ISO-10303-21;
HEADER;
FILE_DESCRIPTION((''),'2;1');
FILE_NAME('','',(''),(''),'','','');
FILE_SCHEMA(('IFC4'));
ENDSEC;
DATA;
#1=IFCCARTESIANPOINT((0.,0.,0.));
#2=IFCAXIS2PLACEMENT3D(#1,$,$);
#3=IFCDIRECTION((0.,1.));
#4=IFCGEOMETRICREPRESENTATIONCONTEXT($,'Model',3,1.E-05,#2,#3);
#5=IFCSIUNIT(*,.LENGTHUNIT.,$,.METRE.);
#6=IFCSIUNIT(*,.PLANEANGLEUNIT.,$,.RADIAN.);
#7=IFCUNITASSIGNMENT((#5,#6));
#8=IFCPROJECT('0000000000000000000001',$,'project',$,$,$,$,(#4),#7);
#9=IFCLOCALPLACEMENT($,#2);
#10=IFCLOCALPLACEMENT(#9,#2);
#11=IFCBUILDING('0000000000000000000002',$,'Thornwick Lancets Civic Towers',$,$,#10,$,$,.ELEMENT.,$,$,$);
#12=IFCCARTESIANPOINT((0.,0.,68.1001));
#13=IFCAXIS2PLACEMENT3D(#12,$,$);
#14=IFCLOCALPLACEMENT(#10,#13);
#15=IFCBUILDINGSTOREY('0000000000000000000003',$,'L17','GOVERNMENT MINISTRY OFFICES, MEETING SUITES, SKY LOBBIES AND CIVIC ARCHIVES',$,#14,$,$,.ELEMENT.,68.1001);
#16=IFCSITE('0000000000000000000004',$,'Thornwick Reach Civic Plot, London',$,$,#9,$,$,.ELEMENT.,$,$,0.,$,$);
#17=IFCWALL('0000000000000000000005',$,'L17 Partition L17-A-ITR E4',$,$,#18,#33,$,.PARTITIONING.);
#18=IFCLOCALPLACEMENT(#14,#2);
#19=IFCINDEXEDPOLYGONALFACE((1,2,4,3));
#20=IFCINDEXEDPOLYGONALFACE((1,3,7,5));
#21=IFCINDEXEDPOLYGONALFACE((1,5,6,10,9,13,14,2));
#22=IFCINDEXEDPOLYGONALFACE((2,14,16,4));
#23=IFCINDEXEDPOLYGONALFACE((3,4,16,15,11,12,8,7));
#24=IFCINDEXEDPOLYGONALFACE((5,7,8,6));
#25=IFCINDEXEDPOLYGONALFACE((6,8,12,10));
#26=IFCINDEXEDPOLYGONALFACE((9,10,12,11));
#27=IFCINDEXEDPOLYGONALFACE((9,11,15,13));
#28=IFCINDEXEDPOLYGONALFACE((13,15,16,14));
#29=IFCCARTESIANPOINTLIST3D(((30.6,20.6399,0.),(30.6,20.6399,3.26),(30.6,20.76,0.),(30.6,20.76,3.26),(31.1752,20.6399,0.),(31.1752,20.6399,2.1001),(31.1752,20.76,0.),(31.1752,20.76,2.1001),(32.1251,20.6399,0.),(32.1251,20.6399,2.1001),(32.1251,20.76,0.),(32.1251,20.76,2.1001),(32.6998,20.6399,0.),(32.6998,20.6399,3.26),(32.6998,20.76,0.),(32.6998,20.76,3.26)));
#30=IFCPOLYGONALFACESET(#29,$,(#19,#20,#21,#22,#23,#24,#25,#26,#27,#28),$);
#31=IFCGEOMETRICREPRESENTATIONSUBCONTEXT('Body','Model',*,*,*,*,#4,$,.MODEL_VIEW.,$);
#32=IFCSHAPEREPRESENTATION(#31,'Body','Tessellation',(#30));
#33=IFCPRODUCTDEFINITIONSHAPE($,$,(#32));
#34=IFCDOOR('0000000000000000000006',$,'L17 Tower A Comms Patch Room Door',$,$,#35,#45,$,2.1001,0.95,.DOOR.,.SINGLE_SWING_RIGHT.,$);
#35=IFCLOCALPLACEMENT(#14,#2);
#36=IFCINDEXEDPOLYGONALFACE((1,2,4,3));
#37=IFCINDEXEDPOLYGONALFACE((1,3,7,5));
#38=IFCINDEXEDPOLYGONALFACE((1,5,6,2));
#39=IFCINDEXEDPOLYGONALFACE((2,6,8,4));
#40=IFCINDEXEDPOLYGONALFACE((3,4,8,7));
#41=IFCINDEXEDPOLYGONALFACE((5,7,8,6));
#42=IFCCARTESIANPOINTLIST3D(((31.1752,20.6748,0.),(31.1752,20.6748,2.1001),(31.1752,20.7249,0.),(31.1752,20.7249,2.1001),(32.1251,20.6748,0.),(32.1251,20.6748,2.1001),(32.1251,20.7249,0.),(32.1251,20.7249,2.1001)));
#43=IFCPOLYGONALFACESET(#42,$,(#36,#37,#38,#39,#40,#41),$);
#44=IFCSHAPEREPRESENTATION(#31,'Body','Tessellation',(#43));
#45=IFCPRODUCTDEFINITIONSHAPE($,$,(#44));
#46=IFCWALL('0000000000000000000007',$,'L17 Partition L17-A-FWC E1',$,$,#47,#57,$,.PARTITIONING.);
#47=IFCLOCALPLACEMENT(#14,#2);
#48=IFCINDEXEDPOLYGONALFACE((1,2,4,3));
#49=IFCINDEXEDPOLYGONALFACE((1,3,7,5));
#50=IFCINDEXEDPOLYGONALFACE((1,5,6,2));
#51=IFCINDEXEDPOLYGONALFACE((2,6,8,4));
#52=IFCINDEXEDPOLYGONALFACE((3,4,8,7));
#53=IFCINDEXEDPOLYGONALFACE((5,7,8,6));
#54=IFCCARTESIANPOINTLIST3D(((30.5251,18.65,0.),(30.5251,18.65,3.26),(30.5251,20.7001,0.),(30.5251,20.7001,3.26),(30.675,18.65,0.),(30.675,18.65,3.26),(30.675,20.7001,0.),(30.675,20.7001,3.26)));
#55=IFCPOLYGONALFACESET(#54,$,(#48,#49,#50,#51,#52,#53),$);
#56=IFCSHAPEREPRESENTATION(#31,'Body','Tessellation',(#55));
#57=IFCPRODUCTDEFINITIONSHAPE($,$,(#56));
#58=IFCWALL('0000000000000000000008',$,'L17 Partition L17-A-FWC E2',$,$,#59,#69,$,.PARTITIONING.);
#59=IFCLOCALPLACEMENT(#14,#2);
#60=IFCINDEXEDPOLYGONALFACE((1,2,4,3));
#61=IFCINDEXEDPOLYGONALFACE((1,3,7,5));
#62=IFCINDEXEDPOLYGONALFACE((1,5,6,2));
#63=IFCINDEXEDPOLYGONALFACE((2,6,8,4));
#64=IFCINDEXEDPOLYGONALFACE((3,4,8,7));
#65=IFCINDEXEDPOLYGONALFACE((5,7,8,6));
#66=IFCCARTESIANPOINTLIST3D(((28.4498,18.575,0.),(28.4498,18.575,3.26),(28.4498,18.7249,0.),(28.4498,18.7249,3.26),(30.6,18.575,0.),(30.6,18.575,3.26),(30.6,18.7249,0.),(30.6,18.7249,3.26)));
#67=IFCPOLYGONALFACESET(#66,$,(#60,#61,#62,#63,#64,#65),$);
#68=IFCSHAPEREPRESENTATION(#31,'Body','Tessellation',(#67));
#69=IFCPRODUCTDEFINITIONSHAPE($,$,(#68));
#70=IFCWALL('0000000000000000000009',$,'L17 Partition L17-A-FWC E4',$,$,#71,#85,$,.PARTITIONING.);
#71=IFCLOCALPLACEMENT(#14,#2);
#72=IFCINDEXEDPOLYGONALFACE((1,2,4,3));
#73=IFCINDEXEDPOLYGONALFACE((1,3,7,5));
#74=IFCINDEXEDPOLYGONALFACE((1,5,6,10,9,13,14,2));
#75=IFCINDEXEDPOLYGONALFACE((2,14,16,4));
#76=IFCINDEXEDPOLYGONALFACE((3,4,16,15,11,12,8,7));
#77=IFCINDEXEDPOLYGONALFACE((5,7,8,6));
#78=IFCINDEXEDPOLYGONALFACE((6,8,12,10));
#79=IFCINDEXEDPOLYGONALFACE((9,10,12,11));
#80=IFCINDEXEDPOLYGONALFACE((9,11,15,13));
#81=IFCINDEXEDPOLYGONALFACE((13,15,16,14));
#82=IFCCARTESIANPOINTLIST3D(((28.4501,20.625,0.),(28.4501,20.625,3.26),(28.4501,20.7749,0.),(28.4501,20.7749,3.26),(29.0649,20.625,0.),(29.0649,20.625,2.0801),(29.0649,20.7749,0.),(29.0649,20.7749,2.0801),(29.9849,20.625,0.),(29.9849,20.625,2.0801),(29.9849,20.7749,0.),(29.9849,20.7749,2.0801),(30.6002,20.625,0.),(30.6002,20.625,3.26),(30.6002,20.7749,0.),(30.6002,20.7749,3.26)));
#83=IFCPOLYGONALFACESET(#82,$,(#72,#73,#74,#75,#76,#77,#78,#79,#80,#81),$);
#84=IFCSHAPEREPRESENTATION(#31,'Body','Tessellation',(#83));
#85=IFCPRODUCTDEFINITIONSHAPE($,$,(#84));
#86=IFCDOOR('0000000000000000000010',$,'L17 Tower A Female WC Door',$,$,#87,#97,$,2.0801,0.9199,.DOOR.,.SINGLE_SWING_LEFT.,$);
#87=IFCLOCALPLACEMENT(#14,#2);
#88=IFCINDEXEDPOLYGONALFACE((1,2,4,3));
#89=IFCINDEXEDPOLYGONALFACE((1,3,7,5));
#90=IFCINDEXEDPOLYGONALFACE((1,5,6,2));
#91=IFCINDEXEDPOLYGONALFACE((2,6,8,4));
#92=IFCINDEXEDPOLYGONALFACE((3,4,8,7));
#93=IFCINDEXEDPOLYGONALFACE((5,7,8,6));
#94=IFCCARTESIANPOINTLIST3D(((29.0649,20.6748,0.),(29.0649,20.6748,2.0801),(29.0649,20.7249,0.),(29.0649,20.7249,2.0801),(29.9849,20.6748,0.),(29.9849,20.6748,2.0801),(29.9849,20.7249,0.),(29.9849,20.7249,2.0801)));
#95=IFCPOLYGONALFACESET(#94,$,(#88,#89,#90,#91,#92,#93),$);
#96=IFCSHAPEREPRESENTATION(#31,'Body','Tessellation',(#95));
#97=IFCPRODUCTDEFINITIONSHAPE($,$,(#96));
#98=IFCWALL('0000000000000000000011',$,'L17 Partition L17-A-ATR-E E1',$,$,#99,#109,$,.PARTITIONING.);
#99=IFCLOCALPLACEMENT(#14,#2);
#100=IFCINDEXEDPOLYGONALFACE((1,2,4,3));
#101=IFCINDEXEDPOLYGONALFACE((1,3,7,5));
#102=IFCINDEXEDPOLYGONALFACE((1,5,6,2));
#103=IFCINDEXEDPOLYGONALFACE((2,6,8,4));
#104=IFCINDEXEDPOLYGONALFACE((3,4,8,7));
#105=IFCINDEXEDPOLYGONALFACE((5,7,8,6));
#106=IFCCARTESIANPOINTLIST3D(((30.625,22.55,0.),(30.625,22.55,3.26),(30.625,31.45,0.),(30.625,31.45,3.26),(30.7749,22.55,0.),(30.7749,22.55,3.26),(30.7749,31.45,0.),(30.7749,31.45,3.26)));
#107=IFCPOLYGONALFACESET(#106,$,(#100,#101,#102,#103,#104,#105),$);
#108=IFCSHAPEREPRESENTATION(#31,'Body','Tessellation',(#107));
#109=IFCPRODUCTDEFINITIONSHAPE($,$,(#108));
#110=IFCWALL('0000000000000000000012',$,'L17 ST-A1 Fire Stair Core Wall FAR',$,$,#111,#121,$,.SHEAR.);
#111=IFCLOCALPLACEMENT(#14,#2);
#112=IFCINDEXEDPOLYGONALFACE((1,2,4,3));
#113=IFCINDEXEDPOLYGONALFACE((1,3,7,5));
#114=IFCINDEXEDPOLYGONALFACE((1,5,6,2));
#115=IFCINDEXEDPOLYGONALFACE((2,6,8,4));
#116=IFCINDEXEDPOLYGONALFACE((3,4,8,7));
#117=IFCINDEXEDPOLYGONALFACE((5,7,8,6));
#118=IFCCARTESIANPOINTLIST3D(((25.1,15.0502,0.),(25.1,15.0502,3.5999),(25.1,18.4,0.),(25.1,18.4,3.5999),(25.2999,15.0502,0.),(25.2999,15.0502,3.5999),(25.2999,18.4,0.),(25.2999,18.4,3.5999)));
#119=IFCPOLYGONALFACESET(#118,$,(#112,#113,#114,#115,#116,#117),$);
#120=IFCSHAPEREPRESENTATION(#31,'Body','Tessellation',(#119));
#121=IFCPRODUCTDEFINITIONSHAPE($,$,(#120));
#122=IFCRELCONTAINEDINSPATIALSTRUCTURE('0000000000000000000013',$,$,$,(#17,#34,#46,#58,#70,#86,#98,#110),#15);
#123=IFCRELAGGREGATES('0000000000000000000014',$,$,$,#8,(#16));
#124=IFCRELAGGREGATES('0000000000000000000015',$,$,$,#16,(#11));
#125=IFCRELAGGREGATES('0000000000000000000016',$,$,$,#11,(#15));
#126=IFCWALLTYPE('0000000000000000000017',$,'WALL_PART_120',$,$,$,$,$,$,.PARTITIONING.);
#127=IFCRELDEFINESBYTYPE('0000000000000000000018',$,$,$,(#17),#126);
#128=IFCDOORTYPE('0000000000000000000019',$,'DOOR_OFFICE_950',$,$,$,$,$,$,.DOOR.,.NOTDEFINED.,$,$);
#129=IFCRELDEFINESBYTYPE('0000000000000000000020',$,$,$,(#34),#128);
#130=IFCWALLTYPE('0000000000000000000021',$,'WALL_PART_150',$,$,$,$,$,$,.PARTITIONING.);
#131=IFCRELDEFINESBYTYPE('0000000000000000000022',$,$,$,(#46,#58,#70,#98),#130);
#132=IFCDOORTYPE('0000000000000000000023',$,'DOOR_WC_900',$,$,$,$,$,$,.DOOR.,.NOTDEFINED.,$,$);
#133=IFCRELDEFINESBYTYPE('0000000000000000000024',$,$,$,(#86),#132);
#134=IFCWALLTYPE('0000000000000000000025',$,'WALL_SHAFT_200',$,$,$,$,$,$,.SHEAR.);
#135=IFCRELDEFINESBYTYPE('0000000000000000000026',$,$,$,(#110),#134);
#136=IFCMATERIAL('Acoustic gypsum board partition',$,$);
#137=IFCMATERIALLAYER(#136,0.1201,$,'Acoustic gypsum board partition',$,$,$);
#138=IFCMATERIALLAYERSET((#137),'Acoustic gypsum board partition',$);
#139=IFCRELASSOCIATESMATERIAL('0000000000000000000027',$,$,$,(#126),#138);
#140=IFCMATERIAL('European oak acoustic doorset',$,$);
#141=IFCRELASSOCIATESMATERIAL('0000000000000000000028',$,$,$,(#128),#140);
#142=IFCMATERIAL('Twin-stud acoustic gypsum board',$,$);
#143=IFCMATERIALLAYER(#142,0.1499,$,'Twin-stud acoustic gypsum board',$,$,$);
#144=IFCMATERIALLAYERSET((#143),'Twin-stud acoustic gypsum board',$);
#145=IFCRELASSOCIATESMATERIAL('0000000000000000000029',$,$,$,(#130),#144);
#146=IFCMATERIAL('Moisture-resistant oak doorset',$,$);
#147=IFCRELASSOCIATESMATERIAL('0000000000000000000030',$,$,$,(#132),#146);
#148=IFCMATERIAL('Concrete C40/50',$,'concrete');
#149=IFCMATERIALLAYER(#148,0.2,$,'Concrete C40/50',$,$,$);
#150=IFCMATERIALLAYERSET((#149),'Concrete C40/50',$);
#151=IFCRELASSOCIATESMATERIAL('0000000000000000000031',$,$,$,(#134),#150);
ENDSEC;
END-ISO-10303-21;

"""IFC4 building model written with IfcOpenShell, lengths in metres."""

from ifc_helpers import new_model, si_unit, direction, frame, frame_2d, origin, place, context, subcontext, project, spatial, rectangle, extrude, material, layer, layer_set, type_object, element, fill, save


model = new_model("IFC4")

# Units and contexts
model_context = context("Model", 3, precision=1e-05, world=origin(), true_north=direction((0.0, 1.0)))
body_context = subcontext(model_context, "Body", "Model", "MODEL_VIEW")
ifc_project = project(units=[si_unit("LENGTHUNIT", "METRE"), si_unit("PLANEANGLEUNIT", "RADIAN")], contexts=[model_context])

# Site, building, storey
site_placement = place(None, origin())
site = spatial("IfcSite", under=ifc_project, at=site_placement, Name="Thornwick Reach Civic Plot, London", CompositionType="ELEMENT", RefElevation=0.0)
building_placement = place(site_placement, origin())
building = spatial("IfcBuilding", under=site, at=building_placement, Name="Thornwick Lancets Civic Towers", CompositionType="ELEMENT")
storey_placement = place(building_placement, frame((0.0, 0.0, 68.1001)))
storey = spatial("IfcBuildingStorey", under=building, at=storey_placement, Name="L17", Description="GOVERNMENT MINISTRY OFFICES, MEETING SUITES, SKY LOBBIES AND CIVIC ARCHIVES", CompositionType="ELEMENT", Elevation=68.1001)

# Shared definitions
ifc_material_1 = material(Name="Acoustic gypsum board partition")
ifc_layer_1 = layer(ifc_material_1, 0.1201, Name="Acoustic gypsum board partition")
ifc_layer_set_1 = layer_set([ifc_layer_1], Name="Acoustic gypsum board partition")
wall_type_1 = type_object("IfcWallType", Name="WALL_PART_120", PredefinedType="PARTITIONING", material=ifc_layer_set_1)

# Wall, opening, door
wall_1_placement = place(storey_placement, frame((30.6001, 20.7, 0.0), z_axis=(0.0, 0.0, 1.0), x_axis=(1.0, 0.0, 0.0)))
wall_1 = element("IfcWall", 1, at=wall_1_placement, inside=storey, type_object=wall_type_1, Name="L17 Partition L17-A-ITR E4", PredefinedType="PARTITIONING", context=body_context, shape_type="SweptSolid", body=[
    extrude(rectangle(XDim=2.0999, YDim=0.1201, at=frame_2d((1.0498, 0.0))), origin(), (0.0, 0.0, 1.0), 3.26),
])
opening_1_placement = place(wall_1_placement, frame((0.575, 0.0, 0.0)))
opening_1 = element("IfcOpeningElement", 2, at=opening_1_placement, cuts=wall_1, PredefinedType="OPENING", context=body_context, shape_type="SweptSolid", body=[
    extrude(rectangle(XDim=0.95, YDim=2.1001, at=frame_2d((0.4751, 1.05))), frame((0.0, 0.0701, 0.0), z_axis=(0.0, -1.0, 0.0), x_axis=(1.0, 0.0, 0.0)), (0.0, 0.0, 1.0), 0.1401),
])
ifc_material_2 = material(Name="European oak acoustic doorset")
door_type_1 = type_object("IfcDoorType", Name="DOOR_OFFICE_950", OperationType="NOTDEFINED", PredefinedType="DOOR", material=ifc_material_2)
door_1_placement = place(opening_1_placement, origin())
door_1 = element("IfcDoor", 3, at=door_1_placement, inside=storey, type_object=door_type_1, Name="L17 Tower A Comms Patch Room Door", OperationType="SINGLE_SWING_RIGHT", OverallHeight=2.1001, OverallWidth=0.95, PredefinedType="DOOR", context=body_context, shape_type="SweptSolid", body=[
    extrude(rectangle(XDim=0.95, YDim=2.1001, at=frame_2d((0.4751, 1.05))), frame((0.0, 0.0249, 0.0), z_axis=(0.0, -1.0, 0.0), x_axis=(1.0, 0.0, 0.0)), (0.0, 0.0, 1.0), 0.05),
])
fill(opening_1, door_1)

# Walls
ifc_material_3 = material(Name="Twin-stud acoustic gypsum board")
ifc_layer_2 = layer(ifc_material_3, 0.1499, Name="Twin-stud acoustic gypsum board")
ifc_layer_set_2 = layer_set([ifc_layer_2], Name="Twin-stud acoustic gypsum board")
wall_type_2 = type_object("IfcWallType", Name="WALL_PART_150", PredefinedType="PARTITIONING", material=ifc_layer_set_2)
wall_2_placement = place(storey_placement, frame((30.6001, 20.7, 0.0), z_axis=(0.0, 0.0, 1.0), x_axis=(0.0, -1.0, 0.0)))
element("IfcWall", 4, at=wall_2_placement, inside=storey, type_object=wall_type_2, Name="L17 Partition L17-A-FWC E1", PredefinedType="PARTITIONING", context=body_context, shape_type="SweptSolid", body=[
    extrude(rectangle(XDim=2.05, YDim=0.1499, at=frame_2d((1.0249, 0.0))), origin(), (0.0, 0.0, 1.0), 3.26),
])
wall_3_placement = place(storey_placement, frame((30.6001, 18.6499, 0.0), z_axis=(0.0, 0.0, 1.0), x_axis=(-1.0, 0.0, 0.0)))
element("IfcWall", 5, at=wall_3_placement, inside=storey, type_object=wall_type_2, Name="L17 Partition L17-A-FWC E2", PredefinedType="PARTITIONING", context=body_context, shape_type="SweptSolid", body=[
    extrude(rectangle(XDim=2.1501, YDim=0.1499, at=frame_2d((1.0752, 0.0))), origin(), (0.0, 0.0, 1.0), 3.26),
])

# Wall, opening, door
wall_4_placement = place(storey_placement, frame((28.45, 20.7, 0.0), z_axis=(0.0, 0.0, 1.0), x_axis=(1.0, 0.0, 0.0)))
wall_4 = element("IfcWall", 6, at=wall_4_placement, inside=storey, type_object=wall_type_2, Name="L17 Partition L17-A-FWC E4", PredefinedType="PARTITIONING", context=body_context, shape_type="SweptSolid", body=[
    extrude(rectangle(XDim=2.1501, YDim=0.1499, at=frame_2d((1.0752, 0.0))), origin(), (0.0, 0.0, 1.0), 3.26),
])
opening_2_placement = place(wall_4_placement, frame((0.615, 0.0, 0.0)))
opening_2 = element("IfcOpeningElement", 7, at=opening_2_placement, cuts=wall_4, PredefinedType="OPENING", context=body_context, shape_type="SweptSolid", body=[
    extrude(rectangle(XDim=0.9199, YDim=2.0801, at=frame_2d((0.46, 1.04))), frame((0.0, 0.085, 0.0), z_axis=(0.0, -1.0, 0.0), x_axis=(1.0, 0.0, 0.0)), (0.0, 0.0, 1.0), 0.1699),
])
ifc_material_4 = material(Name="Moisture-resistant oak doorset")
door_type_2 = type_object("IfcDoorType", Name="DOOR_WC_900", OperationType="NOTDEFINED", PredefinedType="DOOR", material=ifc_material_4)
door_2_placement = place(opening_2_placement, origin())
door_2 = element("IfcDoor", 8, at=door_2_placement, inside=storey, type_object=door_type_2, Name="L17 Tower A Female WC Door", OperationType="SINGLE_SWING_LEFT", OverallHeight=2.0801, OverallWidth=0.9199, PredefinedType="DOOR", context=body_context, shape_type="SweptSolid", body=[
    extrude(rectangle(XDim=0.9199, YDim=2.0801, at=frame_2d((0.46, 1.04))), frame((0.0, 0.0249, 0.0), z_axis=(0.0, -1.0, 0.0), x_axis=(1.0, 0.0, 0.0)), (0.0, 0.0, 1.0), 0.05),
])
fill(opening_2, door_2)

# Walls
wall_5_placement = place(storey_placement, frame((30.7, 22.55, 0.0), z_axis=(0.0, 0.0, 1.0), x_axis=(0.0, 1.0, 0.0)))
element("IfcWall", 9, at=wall_5_placement, inside=storey, type_object=wall_type_2, Name="L17 Partition L17-A-ATR-E E1", PredefinedType="PARTITIONING", context=body_context, shape_type="SweptSolid", body=[
    extrude(rectangle(XDim=8.8999, YDim=0.1499, at=frame_2d((4.45, 0.0))), origin(), (0.0, 0.0, 1.0), 3.26),
])
ifc_material_5 = material(Name="Concrete C40/50", Category="concrete")
ifc_layer_3 = layer(ifc_material_5, 0.2, Name="Concrete C40/50")
ifc_layer_set_3 = layer_set([ifc_layer_3], Name="Concrete C40/50")
wall_type_3 = type_object("IfcWallType", Name="WALL_SHAFT_200", PredefinedType="SHEAR", material=ifc_layer_set_3)
wall_6_placement = place(storey_placement, frame((25.2, 18.3999, 0.0), z_axis=(0.0, 0.0, 1.0), x_axis=(0.0, -1.0, 0.0)))
element("IfcWall", 10, at=wall_6_placement, inside=storey, type_object=wall_type_3, Name="L17 ST-A1 Fire Stair Core Wall FAR", PredefinedType="SHEAR", context=body_context, shape_type="SweptSolid", body=[
    extrude(rectangle(XDim=3.3499, YDim=0.2, at=frame_2d((1.6748, 0.0))), origin(), (0.0, 0.0, 1.0), 3.5999),
])

save(model, "model.ifc")
